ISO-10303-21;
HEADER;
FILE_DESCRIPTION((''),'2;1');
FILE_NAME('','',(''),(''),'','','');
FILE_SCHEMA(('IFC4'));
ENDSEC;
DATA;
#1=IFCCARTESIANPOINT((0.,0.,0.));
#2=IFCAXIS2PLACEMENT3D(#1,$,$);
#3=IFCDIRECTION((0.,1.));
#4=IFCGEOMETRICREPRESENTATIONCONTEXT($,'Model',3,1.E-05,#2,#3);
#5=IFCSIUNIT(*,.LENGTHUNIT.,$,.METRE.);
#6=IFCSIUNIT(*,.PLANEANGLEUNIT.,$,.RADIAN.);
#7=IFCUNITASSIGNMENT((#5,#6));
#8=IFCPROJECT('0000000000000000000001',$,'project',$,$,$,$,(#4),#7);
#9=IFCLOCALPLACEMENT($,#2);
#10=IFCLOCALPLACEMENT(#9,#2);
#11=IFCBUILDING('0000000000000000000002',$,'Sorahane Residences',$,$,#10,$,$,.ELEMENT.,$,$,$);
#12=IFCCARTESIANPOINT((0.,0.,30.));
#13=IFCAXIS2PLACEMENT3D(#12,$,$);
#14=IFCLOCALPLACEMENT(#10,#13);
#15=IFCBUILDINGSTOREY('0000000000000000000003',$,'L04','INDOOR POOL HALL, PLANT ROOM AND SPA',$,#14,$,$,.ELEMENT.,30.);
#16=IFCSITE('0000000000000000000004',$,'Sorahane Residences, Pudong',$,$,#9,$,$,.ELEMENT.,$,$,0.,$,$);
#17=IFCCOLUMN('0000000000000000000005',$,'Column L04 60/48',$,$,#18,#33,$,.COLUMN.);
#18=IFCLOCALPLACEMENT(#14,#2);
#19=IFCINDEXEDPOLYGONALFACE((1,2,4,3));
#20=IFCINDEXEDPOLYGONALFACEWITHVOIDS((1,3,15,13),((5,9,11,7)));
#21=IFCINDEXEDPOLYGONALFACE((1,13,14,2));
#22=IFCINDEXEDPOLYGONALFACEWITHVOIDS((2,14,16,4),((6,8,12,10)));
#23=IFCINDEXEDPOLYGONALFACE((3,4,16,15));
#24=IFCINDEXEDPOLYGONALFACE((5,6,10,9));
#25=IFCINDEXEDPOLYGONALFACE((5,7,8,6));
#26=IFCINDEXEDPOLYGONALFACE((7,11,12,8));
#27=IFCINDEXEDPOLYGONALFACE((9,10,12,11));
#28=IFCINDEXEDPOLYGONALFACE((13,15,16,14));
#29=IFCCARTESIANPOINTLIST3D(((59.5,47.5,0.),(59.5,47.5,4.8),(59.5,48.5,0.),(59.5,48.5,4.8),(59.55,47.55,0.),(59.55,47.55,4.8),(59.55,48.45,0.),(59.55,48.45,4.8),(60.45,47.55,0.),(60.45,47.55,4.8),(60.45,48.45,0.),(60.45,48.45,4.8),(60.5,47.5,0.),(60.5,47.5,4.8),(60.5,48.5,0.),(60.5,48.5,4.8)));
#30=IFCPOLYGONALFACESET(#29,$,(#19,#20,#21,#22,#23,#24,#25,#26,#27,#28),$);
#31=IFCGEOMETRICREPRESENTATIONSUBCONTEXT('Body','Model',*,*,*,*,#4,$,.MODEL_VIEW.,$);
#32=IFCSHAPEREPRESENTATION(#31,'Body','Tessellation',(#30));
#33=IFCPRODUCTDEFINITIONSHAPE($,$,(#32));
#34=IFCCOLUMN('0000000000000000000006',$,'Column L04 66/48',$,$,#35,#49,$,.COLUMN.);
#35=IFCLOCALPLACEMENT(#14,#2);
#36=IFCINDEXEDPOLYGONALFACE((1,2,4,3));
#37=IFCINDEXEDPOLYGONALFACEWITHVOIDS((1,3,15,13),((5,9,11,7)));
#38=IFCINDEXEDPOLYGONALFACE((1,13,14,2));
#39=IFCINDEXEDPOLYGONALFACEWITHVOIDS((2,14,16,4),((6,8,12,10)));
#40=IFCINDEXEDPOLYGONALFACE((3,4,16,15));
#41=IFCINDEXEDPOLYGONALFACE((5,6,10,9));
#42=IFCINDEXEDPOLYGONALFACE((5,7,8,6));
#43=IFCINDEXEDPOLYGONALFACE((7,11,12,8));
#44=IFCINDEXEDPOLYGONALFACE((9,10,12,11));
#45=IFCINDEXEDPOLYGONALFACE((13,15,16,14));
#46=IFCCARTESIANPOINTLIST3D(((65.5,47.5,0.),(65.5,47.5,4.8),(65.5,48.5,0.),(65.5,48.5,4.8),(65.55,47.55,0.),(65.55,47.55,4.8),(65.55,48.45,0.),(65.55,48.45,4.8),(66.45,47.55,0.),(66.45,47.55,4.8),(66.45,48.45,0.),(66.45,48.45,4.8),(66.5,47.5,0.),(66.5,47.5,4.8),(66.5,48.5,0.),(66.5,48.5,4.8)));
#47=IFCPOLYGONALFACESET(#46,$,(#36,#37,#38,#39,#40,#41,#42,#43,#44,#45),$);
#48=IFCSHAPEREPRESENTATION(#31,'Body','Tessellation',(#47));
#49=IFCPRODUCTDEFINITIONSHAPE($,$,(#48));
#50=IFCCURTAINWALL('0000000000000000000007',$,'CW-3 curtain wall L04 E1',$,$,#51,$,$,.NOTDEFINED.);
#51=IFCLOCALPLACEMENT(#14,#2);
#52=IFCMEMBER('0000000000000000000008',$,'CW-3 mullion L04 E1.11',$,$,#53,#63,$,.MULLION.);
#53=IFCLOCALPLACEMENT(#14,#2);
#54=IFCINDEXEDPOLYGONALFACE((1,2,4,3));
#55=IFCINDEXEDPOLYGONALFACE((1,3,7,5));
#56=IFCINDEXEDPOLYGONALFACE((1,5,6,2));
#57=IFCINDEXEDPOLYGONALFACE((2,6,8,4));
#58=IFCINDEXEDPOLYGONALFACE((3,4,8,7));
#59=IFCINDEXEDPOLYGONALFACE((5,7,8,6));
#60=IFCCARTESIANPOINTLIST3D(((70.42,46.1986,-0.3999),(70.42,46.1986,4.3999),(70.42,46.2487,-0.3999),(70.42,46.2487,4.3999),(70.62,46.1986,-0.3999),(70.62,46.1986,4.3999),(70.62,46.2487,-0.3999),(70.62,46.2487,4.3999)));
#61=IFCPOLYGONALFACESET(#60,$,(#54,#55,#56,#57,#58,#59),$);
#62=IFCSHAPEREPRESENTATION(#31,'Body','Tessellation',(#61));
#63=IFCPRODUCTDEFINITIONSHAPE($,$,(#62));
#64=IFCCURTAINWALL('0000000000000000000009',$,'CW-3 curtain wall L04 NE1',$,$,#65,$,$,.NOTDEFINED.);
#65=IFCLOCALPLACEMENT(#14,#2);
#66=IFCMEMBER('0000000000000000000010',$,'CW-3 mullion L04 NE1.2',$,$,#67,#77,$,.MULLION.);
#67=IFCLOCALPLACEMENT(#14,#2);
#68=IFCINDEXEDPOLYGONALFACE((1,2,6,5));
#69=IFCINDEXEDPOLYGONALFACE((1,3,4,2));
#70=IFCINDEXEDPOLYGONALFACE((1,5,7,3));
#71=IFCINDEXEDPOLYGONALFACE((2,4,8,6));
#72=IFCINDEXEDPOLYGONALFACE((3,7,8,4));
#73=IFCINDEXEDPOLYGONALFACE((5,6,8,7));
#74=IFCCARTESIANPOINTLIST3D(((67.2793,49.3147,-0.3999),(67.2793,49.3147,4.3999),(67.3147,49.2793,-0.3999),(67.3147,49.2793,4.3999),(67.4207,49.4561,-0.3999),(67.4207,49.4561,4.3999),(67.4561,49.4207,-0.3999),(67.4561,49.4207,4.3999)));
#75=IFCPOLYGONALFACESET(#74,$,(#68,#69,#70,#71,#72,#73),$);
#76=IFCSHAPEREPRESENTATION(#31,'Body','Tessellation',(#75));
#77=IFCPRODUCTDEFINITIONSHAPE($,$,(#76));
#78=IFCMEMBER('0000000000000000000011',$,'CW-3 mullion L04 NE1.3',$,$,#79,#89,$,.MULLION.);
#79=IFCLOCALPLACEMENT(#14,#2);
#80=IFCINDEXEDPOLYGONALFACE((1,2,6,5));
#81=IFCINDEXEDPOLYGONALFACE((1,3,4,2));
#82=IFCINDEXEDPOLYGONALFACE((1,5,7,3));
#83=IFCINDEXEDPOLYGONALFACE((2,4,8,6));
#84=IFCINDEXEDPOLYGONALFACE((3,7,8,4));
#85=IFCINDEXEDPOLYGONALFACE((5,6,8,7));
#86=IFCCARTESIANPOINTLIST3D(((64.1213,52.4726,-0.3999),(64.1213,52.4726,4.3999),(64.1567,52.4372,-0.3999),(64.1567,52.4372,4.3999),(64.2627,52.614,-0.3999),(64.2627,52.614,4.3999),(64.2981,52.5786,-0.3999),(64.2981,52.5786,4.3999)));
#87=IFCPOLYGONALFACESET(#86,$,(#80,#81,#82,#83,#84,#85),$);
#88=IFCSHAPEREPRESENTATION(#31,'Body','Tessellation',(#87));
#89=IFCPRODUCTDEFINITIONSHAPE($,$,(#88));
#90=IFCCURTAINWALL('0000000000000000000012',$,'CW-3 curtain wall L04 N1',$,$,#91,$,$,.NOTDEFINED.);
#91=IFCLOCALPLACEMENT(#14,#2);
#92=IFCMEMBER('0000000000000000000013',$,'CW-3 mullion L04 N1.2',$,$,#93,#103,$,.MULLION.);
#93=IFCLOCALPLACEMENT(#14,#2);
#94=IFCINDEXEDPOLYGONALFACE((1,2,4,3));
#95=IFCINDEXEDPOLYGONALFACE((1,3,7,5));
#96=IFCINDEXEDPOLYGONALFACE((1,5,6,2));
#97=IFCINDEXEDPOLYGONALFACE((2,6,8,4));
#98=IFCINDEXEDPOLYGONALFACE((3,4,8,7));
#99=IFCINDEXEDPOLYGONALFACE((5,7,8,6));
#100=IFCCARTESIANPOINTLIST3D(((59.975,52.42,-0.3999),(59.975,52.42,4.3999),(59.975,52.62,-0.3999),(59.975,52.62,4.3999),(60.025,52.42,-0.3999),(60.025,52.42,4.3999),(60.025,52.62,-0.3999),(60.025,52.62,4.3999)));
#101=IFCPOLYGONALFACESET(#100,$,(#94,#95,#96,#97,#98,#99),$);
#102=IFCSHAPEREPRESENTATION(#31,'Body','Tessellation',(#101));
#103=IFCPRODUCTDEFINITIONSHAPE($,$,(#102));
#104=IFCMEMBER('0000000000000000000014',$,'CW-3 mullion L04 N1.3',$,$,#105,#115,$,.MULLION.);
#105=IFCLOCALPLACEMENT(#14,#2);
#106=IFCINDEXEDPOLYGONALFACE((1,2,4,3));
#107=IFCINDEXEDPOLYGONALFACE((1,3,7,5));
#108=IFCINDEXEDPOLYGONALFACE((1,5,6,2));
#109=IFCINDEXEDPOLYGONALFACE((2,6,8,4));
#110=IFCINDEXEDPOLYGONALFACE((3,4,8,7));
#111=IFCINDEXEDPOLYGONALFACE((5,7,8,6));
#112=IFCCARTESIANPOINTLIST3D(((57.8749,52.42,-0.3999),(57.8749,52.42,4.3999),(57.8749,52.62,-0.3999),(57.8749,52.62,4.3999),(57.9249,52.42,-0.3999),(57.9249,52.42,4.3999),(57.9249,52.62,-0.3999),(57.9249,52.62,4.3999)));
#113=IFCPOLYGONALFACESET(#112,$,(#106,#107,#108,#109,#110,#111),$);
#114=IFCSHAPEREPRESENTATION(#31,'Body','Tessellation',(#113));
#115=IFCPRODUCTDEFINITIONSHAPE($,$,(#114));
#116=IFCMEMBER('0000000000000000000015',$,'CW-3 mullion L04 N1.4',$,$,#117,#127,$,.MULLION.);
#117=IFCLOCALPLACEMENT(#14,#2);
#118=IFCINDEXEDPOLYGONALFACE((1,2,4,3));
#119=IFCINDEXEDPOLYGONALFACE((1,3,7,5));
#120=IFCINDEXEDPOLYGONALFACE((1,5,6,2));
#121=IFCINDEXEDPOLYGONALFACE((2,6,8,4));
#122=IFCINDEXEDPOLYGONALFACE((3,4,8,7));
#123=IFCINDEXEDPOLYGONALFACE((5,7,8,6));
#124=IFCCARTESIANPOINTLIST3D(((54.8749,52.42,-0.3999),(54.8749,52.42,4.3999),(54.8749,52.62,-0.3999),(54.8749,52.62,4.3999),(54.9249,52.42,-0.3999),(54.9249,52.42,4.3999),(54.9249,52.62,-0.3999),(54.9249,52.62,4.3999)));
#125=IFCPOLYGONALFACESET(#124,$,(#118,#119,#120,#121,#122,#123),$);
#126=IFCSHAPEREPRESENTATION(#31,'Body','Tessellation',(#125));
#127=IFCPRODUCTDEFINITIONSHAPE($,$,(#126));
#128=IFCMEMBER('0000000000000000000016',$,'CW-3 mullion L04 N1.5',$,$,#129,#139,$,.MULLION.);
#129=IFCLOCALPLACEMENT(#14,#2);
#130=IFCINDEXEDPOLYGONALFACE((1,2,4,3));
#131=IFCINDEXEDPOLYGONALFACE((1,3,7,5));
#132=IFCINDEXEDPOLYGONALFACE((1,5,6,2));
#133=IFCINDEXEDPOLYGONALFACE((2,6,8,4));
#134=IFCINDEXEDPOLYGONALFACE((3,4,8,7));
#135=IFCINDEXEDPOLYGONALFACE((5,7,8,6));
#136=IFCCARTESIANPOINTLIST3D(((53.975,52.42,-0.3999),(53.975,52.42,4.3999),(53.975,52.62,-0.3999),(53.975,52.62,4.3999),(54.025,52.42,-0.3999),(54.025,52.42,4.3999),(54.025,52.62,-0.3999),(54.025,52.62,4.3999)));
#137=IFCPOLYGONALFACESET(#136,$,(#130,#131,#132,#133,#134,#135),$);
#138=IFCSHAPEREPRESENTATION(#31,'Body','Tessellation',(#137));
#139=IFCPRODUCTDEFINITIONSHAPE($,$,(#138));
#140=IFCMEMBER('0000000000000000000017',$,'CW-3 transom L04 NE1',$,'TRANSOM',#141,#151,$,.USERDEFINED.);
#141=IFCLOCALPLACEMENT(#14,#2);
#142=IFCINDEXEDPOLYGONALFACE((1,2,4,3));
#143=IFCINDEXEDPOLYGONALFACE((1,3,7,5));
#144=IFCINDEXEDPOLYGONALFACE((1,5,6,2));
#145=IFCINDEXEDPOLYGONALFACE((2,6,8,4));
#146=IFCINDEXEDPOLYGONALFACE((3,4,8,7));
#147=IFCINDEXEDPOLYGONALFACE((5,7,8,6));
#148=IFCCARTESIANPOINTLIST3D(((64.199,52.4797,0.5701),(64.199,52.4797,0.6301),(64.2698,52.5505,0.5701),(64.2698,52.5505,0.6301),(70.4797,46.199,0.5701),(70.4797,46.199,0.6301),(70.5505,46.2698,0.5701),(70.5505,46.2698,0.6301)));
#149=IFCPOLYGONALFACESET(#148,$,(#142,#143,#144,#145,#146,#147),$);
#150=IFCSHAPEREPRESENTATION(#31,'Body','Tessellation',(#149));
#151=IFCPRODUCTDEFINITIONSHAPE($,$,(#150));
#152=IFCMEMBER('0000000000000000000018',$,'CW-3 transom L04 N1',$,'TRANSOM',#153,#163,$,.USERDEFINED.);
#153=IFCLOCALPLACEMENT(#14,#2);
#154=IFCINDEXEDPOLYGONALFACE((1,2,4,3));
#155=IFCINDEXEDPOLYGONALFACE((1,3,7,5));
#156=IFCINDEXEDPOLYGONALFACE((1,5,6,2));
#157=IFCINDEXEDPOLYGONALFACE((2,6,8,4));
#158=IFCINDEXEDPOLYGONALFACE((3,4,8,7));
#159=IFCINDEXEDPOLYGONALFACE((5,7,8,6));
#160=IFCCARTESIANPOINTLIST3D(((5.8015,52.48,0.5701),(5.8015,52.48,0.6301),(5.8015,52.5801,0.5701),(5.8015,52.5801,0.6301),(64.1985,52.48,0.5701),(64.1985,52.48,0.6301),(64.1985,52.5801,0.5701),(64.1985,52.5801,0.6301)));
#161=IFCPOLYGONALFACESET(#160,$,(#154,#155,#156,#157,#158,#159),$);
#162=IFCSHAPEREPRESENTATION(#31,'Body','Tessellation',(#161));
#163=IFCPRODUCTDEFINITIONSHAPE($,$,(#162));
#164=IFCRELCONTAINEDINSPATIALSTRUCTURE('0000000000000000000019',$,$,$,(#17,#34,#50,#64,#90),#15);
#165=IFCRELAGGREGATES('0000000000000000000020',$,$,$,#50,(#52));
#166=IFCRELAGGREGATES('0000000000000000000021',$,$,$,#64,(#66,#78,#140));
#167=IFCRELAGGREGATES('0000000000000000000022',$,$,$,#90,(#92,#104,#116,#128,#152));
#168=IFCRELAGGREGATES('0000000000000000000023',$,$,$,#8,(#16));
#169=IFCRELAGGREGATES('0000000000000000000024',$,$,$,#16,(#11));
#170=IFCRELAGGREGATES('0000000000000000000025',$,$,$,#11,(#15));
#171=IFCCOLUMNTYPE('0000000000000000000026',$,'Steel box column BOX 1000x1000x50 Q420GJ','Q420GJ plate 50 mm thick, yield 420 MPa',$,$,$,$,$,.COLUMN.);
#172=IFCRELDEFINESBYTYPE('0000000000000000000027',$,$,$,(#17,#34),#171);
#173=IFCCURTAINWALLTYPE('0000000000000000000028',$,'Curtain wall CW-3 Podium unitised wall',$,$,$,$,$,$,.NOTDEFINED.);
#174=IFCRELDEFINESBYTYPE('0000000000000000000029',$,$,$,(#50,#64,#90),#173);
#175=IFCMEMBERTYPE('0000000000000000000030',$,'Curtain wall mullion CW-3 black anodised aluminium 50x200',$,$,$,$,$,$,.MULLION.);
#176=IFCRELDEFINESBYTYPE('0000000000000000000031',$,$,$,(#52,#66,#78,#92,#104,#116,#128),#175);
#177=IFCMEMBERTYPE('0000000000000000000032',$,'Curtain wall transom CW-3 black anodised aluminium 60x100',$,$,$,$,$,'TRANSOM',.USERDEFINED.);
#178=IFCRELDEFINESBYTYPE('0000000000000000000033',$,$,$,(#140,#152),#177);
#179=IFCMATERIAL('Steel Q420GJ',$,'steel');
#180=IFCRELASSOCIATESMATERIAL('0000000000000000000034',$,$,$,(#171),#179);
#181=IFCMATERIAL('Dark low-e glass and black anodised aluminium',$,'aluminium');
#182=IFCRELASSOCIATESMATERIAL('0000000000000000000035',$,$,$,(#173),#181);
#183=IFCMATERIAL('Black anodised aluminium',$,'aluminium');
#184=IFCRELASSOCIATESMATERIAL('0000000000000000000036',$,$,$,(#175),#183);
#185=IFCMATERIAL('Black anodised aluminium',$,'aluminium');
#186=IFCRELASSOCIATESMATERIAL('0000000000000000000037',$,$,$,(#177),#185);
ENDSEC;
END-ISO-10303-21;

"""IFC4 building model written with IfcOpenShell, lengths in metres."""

from ifc_helpers import new_model, si_unit, direction, frame, origin, origin_2d, place, context, subcontext, project, spatial, rectangle, hollow_rectangle, extrude, material, material_profile, profile_set, type_object, element, aggregate, save


model = new_model("IFC4")

# Units and contexts
model_context = context("Model", 3, precision=1e-05, world=origin(), true_north=direction((0.0, 1.0)))
body_context = subcontext(model_context, "Body", "Model", "MODEL_VIEW")
ifc_project = project(units=[si_unit("LENGTHUNIT", "METRE"), si_unit("PLANEANGLEUNIT", "RADIAN")], contexts=[model_context])

# Site, building, storey
site_placement = place(None, origin())
site = spatial("IfcSite", under=ifc_project, at=site_placement, Name="Sorahane Residences, Pudong", CompositionType="ELEMENT", RefElevation=0.0)
building_placement = place(site_placement, origin())
building = spatial("IfcBuilding", under=site, at=building_placement, Name="Sorahane Residences", CompositionType="ELEMENT")
storey_placement = place(building_placement, frame((0.0, 0.0, 30.0)))
storey = spatial("IfcBuildingStorey", under=building, at=storey_placement, Name="L04", Description="INDOOR POOL HALL, PLANT ROOM AND SPA", CompositionType="ELEMENT", Elevation=30.0)

# Columns
ifc_material_1 = material(Name="Steel Q420GJ", Category="steel")
ifc_material_profile_1 = material_profile(ifc_material_1, hollow_rectangle(XDim=1.0, YDim=1.0, WallThickness=0.05, at=origin_2d()), Name="BOX 1000x1000x50")
ifc_profile_set_1 = profile_set([ifc_material_profile_1], Name="Steel Q420GJ")
column_type = type_object("IfcColumnType", Name="Steel box column BOX 1000x1000x50 Q420GJ", Description="Q420GJ plate 50 mm thick, yield 420 MPa", PredefinedType="COLUMN", material=ifc_profile_set_1)
for number, where, z_axis, x_axis, name in (
    (1, (60.0, 48.0, 0.0), (0.0, 0.0, 1.0), (1.0, 0.0, 0.0), "Column L04 60/48"),
    (2, (66.0, 48.0, 0.0), (0.0, 0.0, 1.0), (1.0, 0.0, 0.0), "Column L04 66/48"),
):
    element("IfcColumn", number, at=place(storey_placement, frame(where, z_axis=z_axis, x_axis=x_axis)), inside=storey, type_object=column_type, Name=name, PredefinedType="COLUMN", context=body_context, shape_type="SweptSolid", body=[
        extrude(hollow_rectangle(XDim=1.0, YDim=1.0, WallThickness=0.05, at=origin_2d()), origin(), (0.0, 0.0, 1.0), 4.8),
    ])

# Curtain wall, member
ifc_material_2 = material(Name="Dark low-e glass and black anodised aluminium", Category="aluminium")
curtain_wall_type = type_object("IfcCurtainWallType", Name="Curtain wall CW-3 Podium unitised wall", PredefinedType="NOTDEFINED", material=ifc_material_2)
curtain_wall_1_placement = place(storey_placement, origin())
curtain_wall_1 = element("IfcCurtainWall", 3, at=curtain_wall_1_placement, inside=storey, type_object=curtain_wall_type, Name="CW-3 curtain wall L04 E1", PredefinedType="NOTDEFINED")
ifc_material_3 = material(Name="Black anodised aluminium", Category="aluminium")
ifc_material_profile_2 = material_profile(ifc_material_3, rectangle(XDim=0.2, YDim=0.05, at=origin_2d()), Name="Curtain wall mullion CW-3 black anodised aluminium 50x200")
ifc_profile_set_2 = profile_set([ifc_material_profile_2], Name="Black anodised aluminium")
member_type_1 = type_object("IfcMemberType", Name="Curtain wall mullion CW-3 black anodised aluminium 50x200", PredefinedType="MULLION", material=ifc_profile_set_2)
member_1_placement = place(storey_placement, frame((70.52, 46.2236, -0.3999), z_axis=(0.0, 0.0, 1.0), x_axis=(1.0, 0.0, 0.0)))
member_1 = element("IfcMember", 4, at=member_1_placement, type_object=member_type_1, Name="CW-3 mullion L04 E1.11", PredefinedType="MULLION", context=body_context, shape_type="SweptSolid", body=[
    extrude(rectangle(XDim=0.2, YDim=0.05, at=origin_2d()), origin(), (0.0, 0.0, 1.0), 4.7998),
])

# Curtain walls, members
curtain_wall_2_placement = place(storey_placement, origin())
curtain_wall_2 = element("IfcCurtainWall", 5, at=curtain_wall_2_placement, inside=storey, type_object=curtain_wall_type, Name="CW-3 curtain wall L04 NE1", PredefinedType="NOTDEFINED")
member_2_placement = place(storey_placement, frame((67.3677, 49.3677, -0.3999), z_axis=(0.0, 0.0, 1.0), x_axis=(0.707107, 0.707107, 0.0)))
member_2 = element("IfcMember", 6, at=member_2_placement, type_object=member_type_1, Name="CW-3 mullion L04 NE1.2", PredefinedType="MULLION", context=body_context, shape_type="SweptSolid", body=[
    extrude(rectangle(XDim=0.2, YDim=0.05, at=origin_2d()), origin(), (0.0, 0.0, 1.0), 4.7998),
])
member_3_placement = place(storey_placement, frame((64.2097, 52.5256, -0.3999), z_axis=(0.0, 0.0, 1.0), x_axis=(0.707107, 0.707107, 0.0)))
member_3 = element("IfcMember", 7, at=member_3_placement, type_object=member_type_1, Name="CW-3 mullion L04 NE1.3", PredefinedType="MULLION", context=body_context, shape_type="SweptSolid", body=[
    extrude(rectangle(XDim=0.2, YDim=0.05, at=origin_2d()), origin(), (0.0, 0.0, 1.0), 4.7998),
])
curtain_wall_3_placement = place(storey_placement, origin())
curtain_wall_3 = element("IfcCurtainWall", 8, at=curtain_wall_3_placement, inside=storey, type_object=curtain_wall_type, Name="CW-3 curtain wall L04 N1", PredefinedType="NOTDEFINED")
member_4_placement = place(storey_placement, frame((60.0, 52.52, -0.3999), z_axis=(0.0, 0.0, 1.0), x_axis=(0.0, 1.0, 0.0)))
member_4 = element("IfcMember", 9, at=member_4_placement, type_object=member_type_1, Name="CW-3 mullion L04 N1.2", PredefinedType="MULLION", context=body_context, shape_type="SweptSolid", body=[
    extrude(rectangle(XDim=0.2, YDim=0.05, at=origin_2d()), origin(), (0.0, 0.0, 1.0), 4.7998),
])
member_5_placement = place(storey_placement, frame((57.8999, 52.52, -0.3999), z_axis=(0.0, 0.0, 1.0), x_axis=(0.0, 1.0, 0.0)))
member_5 = element("IfcMember", 10, at=member_5_placement, type_object=member_type_1, Name="CW-3 mullion L04 N1.3", PredefinedType="MULLION", context=body_context, shape_type="SweptSolid", body=[
    extrude(rectangle(XDim=0.2, YDim=0.05, at=origin_2d()), origin(), (0.0, 0.0, 1.0), 4.7998),
])
member_6_placement = place(storey_placement, frame((54.8999, 52.52, -0.3999), z_axis=(0.0, 0.0, 1.0), x_axis=(0.0, 1.0, 0.0)))
member_6 = element("IfcMember", 11, at=member_6_placement, type_object=member_type_1, Name="CW-3 mullion L04 N1.4", PredefinedType="MULLION", context=body_context, shape_type="SweptSolid", body=[
    extrude(rectangle(XDim=0.2, YDim=0.05, at=origin_2d()), origin(), (0.0, 0.0, 1.0), 4.7998),
])
member_7_placement = place(storey_placement, frame((54.0, 52.52, -0.3999), z_axis=(0.0, 0.0, 1.0), x_axis=(0.0, 1.0, 0.0)))
member_7 = element("IfcMember", 12, at=member_7_placement, type_object=member_type_1, Name="CW-3 mullion L04 N1.5", PredefinedType="MULLION", context=body_context, shape_type="SweptSolid", body=[
    extrude(rectangle(XDim=0.2, YDim=0.05, at=origin_2d()), origin(), (0.0, 0.0, 1.0), 4.7998),
])

# Members
ifc_material_4 = material(Name="Black anodised aluminium", Category="aluminium")
ifc_material_profile_3 = material_profile(ifc_material_4, rectangle(XDim=0.1001, YDim=0.0601, at=origin_2d()), Name="Curtain wall transom CW-3 black anodised aluminium 60x100")
ifc_profile_set_3 = profile_set([ifc_material_profile_3], Name="Black anodised aluminium")
member_type_2 = type_object("IfcMemberType", Name="Curtain wall transom CW-3 black anodised aluminium 60x100", ElementType="TRANSOM", PredefinedType="USERDEFINED", material=ifc_profile_set_3)
member_8_placement = place(storey_placement, frame((70.5151, 46.2344, 0.6001), z_axis=(-0.707107, 0.707107, 0.0), x_axis=(-0.707107, -0.707107, 0.0)))
member_8 = element("IfcMember", 13, at=member_8_placement, type_object=member_type_2, Name="CW-3 transom L04 NE1", ObjectType="TRANSOM", PredefinedType="USERDEFINED", context=body_context, shape_type="SweptSolid", body=[
    extrude(rectangle(XDim=0.1001, YDim=0.0601, at=origin_2d()), origin(), (0.0, 0.0, 1.0), 8.8823),
])
member_9_placement = place(storey_placement, frame((64.1985, 52.53, 0.6001), z_axis=(-1.0, 0.0, 0.0), x_axis=(0.0, -1.0, 0.0)))
member_9 = element("IfcMember", 14, at=member_9_placement, type_object=member_type_2, Name="CW-3 transom L04 N1", ObjectType="TRANSOM", PredefinedType="USERDEFINED", context=body_context, shape_type="SweptSolid", body=[
    extrude(rectangle(XDim=0.1001, YDim=0.0601, at=origin_2d()), origin(), (0.0, 0.0, 1.0), 58.397),
])

aggregate(curtain_wall_1, [member_1])
aggregate(curtain_wall_2, [member_2, member_3, member_8])
aggregate(curtain_wall_3, [member_4, member_5, member_6, member_7, member_9])

save(model, "model.ifc")
